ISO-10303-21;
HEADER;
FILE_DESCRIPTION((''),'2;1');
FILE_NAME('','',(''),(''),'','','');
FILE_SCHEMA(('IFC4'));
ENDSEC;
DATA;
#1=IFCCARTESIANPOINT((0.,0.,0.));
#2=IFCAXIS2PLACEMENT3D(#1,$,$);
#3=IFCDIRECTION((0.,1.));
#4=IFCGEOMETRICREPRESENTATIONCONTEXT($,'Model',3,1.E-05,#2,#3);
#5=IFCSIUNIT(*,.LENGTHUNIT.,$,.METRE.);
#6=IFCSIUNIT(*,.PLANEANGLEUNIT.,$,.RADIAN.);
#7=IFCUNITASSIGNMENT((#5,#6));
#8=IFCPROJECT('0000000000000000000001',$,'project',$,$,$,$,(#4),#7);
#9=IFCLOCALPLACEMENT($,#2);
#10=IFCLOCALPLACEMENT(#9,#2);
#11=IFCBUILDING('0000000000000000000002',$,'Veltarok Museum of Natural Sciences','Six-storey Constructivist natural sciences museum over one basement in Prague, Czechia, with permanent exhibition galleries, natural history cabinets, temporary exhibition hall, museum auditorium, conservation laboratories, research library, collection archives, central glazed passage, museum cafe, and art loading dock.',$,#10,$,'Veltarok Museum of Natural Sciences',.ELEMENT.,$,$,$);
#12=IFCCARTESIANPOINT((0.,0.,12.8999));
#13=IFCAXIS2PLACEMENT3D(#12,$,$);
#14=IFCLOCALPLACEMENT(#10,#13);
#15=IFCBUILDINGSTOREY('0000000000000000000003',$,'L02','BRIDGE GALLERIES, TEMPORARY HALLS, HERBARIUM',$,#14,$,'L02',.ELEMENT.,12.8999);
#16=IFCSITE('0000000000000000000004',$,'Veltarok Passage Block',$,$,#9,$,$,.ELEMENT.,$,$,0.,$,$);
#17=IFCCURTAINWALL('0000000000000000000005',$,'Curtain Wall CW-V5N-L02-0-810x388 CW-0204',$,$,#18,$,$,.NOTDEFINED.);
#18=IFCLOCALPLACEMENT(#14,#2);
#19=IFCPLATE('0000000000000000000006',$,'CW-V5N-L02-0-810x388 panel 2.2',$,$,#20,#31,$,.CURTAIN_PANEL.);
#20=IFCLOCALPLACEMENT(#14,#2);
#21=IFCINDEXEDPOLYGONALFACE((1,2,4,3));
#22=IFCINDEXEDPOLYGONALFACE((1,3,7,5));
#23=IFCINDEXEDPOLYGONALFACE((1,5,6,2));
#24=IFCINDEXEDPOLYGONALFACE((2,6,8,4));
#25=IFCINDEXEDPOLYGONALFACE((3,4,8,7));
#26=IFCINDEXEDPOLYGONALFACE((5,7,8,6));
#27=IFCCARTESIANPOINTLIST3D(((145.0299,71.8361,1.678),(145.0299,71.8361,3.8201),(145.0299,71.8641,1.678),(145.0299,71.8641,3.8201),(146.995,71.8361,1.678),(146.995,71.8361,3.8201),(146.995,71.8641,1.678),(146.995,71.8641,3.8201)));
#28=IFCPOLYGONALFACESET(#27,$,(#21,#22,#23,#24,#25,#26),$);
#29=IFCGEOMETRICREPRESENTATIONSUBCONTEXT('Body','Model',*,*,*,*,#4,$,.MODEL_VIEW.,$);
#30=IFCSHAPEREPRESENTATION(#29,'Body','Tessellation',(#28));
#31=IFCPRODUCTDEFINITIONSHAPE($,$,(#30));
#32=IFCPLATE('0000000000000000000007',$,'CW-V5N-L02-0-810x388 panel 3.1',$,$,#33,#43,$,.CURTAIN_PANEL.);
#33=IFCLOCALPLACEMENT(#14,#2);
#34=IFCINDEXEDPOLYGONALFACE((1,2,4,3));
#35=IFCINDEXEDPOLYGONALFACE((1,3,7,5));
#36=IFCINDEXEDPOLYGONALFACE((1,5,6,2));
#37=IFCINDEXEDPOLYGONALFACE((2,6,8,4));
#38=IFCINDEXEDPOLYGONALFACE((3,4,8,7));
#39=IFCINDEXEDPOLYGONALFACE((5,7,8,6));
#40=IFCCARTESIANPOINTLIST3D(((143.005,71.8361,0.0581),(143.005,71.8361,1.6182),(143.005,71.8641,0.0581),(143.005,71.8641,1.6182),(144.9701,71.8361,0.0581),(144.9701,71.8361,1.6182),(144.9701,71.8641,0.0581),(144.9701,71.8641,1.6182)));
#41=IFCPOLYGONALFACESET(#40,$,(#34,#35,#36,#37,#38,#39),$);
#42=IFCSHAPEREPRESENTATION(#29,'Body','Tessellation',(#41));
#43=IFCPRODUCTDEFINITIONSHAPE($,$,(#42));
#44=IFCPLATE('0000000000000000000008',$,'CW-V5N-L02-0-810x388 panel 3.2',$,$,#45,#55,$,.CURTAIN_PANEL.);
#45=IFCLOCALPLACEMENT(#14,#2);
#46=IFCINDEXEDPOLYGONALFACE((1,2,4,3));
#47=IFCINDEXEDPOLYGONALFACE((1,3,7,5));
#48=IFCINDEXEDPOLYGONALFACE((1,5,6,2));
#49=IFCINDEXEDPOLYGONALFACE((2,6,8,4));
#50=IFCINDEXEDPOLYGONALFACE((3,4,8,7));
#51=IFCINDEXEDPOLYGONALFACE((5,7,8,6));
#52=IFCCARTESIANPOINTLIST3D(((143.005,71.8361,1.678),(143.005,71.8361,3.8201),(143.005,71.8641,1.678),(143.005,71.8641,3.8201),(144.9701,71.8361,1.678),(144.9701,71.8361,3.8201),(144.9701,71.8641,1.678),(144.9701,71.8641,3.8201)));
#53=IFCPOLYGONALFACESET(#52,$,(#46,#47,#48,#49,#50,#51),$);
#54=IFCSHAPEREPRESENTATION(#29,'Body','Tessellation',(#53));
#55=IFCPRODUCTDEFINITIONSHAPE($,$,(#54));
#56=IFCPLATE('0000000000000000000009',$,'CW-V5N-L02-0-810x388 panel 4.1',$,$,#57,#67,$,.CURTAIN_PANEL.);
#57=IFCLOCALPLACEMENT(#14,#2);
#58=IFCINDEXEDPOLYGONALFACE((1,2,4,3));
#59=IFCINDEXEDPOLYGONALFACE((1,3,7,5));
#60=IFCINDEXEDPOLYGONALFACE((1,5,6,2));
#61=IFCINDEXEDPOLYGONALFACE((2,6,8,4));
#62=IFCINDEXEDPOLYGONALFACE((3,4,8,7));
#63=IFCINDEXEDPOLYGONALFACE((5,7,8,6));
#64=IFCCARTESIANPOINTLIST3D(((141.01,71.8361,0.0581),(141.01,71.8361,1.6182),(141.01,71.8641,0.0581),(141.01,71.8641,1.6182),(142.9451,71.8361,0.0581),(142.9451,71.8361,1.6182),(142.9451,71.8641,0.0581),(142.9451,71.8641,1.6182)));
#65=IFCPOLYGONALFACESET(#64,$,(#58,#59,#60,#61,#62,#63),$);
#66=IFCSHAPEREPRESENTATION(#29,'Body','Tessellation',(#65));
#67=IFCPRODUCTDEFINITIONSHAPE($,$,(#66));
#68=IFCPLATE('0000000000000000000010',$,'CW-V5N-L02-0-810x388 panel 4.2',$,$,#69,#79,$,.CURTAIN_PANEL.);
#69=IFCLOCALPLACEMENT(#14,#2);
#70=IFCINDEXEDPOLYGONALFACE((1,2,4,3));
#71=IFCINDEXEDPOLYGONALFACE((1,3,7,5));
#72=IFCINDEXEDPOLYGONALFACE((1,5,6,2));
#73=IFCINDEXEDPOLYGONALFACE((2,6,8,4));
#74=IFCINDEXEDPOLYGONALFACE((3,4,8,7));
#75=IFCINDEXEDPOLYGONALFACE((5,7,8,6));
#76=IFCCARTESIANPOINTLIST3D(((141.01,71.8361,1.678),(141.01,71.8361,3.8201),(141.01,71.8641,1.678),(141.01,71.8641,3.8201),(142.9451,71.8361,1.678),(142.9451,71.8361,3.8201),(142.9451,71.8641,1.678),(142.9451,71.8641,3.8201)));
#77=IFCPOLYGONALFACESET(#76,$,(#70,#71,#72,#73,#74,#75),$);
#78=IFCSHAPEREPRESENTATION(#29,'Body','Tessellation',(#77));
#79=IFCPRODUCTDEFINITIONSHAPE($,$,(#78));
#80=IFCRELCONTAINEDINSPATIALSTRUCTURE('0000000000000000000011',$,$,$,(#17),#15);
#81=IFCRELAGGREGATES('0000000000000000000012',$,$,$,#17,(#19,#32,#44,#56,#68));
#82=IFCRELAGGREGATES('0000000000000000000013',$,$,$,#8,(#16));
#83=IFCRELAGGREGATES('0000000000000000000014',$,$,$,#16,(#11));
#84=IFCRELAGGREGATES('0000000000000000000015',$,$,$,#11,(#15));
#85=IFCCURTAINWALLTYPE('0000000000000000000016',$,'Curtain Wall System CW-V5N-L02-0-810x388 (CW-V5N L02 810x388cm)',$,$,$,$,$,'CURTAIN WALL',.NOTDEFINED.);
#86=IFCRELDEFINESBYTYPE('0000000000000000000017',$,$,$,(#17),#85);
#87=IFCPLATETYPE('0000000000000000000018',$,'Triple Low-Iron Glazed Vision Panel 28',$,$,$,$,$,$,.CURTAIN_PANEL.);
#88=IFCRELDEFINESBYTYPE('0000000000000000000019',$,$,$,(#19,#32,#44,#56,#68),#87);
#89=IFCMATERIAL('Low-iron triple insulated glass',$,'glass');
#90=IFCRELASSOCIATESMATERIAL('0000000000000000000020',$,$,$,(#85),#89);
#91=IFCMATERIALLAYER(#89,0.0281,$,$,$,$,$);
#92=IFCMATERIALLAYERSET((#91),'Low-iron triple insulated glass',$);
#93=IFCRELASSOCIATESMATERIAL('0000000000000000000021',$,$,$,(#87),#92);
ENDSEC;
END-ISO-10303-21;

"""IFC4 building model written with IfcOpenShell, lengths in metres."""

from ifc_helpers import new_model, si_unit, direction, frame, origin, origin_2d, place, context, subcontext, project, spatial, rectangle, extrude, material, layer, layer_set, type_object, element, aggregate, save


model = new_model("IFC4")

# Units and contexts
model_context = context("Model", 3, precision=1e-05, world=origin(), true_north=direction((0.0, 1.0)))
body_context = subcontext(model_context, "Body", "Model", "MODEL_VIEW")
ifc_project = project(units=[si_unit("LENGTHUNIT", "METRE"), si_unit("PLANEANGLEUNIT", "RADIAN")], contexts=[model_context])

# Site, building, storey
site_placement = place(None, origin())
site = spatial("IfcSite", under=ifc_project, at=site_placement, Name="Veltarok Passage Block", CompositionType="ELEMENT", RefElevation=0.0)
building_placement = place(site_placement, origin())
building = spatial("IfcBuilding", under=site, at=building_placement, Name="Veltarok Museum of Natural Sciences", Description="Six-storey Constructivist natural sciences museum over one basement in Prague, Czechia, with permanent exhibition galleries, natural history cabinets, temporary exhibition hall, museum auditorium, conservation laboratories, research library, collection archives, central glazed passage, museum cafe, and art loading dock.", LongName="Veltarok Museum of Natural Sciences", CompositionType="ELEMENT")
storey_placement = place(building_placement, frame((0.0, 0.0, 12.8999)))
storey = spatial("IfcBuildingStorey", under=building, at=storey_placement, Name="L02", Description="BRIDGE GALLERIES, TEMPORARY HALLS, HERBARIUM", LongName="L02", CompositionType="ELEMENT", Elevation=12.8999)

# Curtain wall
ifc_material_1 = material(Name="Low-iron triple insulated glass", Category="glass")
curtain_wall_type_1 = type_object("IfcCurtainWallType", Name="Curtain Wall System CW-V5N-L02-0-810x388 (CW-V5N L02 810x388cm)", ElementType="CURTAIN WALL", PredefinedType="NOTDEFINED", material=ifc_material_1)
curtain_wall_1_placement = place(storey_placement, origin())
curtain_wall_1 = element("IfcCurtainWall", 1, at=curtain_wall_1_placement, inside=storey, type_object=curtain_wall_type_1, Name="Curtain Wall CW-V5N-L02-0-810x388 CW-0204", PredefinedType="NOTDEFINED")

# Plates
ifc_layer = layer(ifc_material_1, 0.0281)
ifc_layer_set = layer_set([ifc_layer], Name="Low-iron triple insulated glass")
plate_type = type_object("IfcPlateType", Name="Triple Low-Iron Glazed Vision Panel 28", PredefinedType="CURTAIN_PANEL", material=ifc_layer_set)
plate_1_placement = place(storey_placement, frame((146.0125, 71.8501, 1.678), z_axis=(0.0, 0.0, 1.0), x_axis=(-1.0, 0.0, 0.0)))
plate_1 = element("IfcPlate", 2, at=plate_1_placement, type_object=plate_type, Name="CW-V5N-L02-0-810x388 panel 2.2", PredefinedType="CURTAIN_PANEL", context=body_context, shape_type="SweptSolid", body=[
    extrude(rectangle(XDim=1.9651, YDim=0.0281, at=origin_2d()), origin(), (0.0, 0.0, 1.0), 2.1421),
])
plate_2_placement = place(storey_placement, frame((143.9875, 71.8501, 0.0581), z_axis=(0.0, 0.0, 1.0), x_axis=(-1.0, 0.0, 0.0)))
plate_2 = element("IfcPlate", 3, at=plate_2_placement, type_object=plate_type, Name="CW-V5N-L02-0-810x388 panel 3.1", PredefinedType="CURTAIN_PANEL", context=body_context, shape_type="SweptSolid", body=[
    extrude(rectangle(XDim=1.9651, YDim=0.0281, at=origin_2d()), origin(), (0.0, 0.0, 1.0), 1.5601),
])
plate_3_placement = place(storey_placement, frame((143.9875, 71.8501, 1.678), z_axis=(0.0, 0.0, 1.0), x_axis=(-1.0, 0.0, 0.0)))
plate_3 = element("IfcPlate", 4, at=plate_3_placement, type_object=plate_type, Name="CW-V5N-L02-0-810x388 panel 3.2", PredefinedType="CURTAIN_PANEL", context=body_context, shape_type="SweptSolid", body=[
    extrude(rectangle(XDim=1.9651, YDim=0.0281, at=origin_2d()), origin(), (0.0, 0.0, 1.0), 2.1421),
])
plate_4_placement = place(storey_placement, frame((141.9775, 71.8501, 0.0581), z_axis=(0.0, 0.0, 1.0), x_axis=(-1.0, 0.0, 0.0)))
plate_4 = element("IfcPlate", 5, at=plate_4_placement, type_object=plate_type, Name="CW-V5N-L02-0-810x388 panel 4.1", PredefinedType="CURTAIN_PANEL", context=body_context, shape_type="SweptSolid", body=[
    extrude(rectangle(XDim=1.9351, YDim=0.0281, at=origin_2d()), origin(), (0.0, 0.0, 1.0), 1.5601),
])
plate_5_placement = place(storey_placement, frame((141.9775, 71.8501, 1.678), z_axis=(0.0, 0.0, 1.0), x_axis=(-1.0, 0.0, 0.0)))
plate_5 = element("IfcPlate", 6, at=plate_5_placement, type_object=plate_type, Name="CW-V5N-L02-0-810x388 panel 4.2", PredefinedType="CURTAIN_PANEL", context=body_context, shape_type="SweptSolid", body=[
    extrude(rectangle(XDim=1.9351, YDim=0.0281, at=origin_2d()), origin(), (0.0, 0.0, 1.0), 2.1421),
])
aggregate(curtain_wall_1, [plate_1, plate_2, plate_3, plate_4, plate_5])

save(model, "model.ifc")
